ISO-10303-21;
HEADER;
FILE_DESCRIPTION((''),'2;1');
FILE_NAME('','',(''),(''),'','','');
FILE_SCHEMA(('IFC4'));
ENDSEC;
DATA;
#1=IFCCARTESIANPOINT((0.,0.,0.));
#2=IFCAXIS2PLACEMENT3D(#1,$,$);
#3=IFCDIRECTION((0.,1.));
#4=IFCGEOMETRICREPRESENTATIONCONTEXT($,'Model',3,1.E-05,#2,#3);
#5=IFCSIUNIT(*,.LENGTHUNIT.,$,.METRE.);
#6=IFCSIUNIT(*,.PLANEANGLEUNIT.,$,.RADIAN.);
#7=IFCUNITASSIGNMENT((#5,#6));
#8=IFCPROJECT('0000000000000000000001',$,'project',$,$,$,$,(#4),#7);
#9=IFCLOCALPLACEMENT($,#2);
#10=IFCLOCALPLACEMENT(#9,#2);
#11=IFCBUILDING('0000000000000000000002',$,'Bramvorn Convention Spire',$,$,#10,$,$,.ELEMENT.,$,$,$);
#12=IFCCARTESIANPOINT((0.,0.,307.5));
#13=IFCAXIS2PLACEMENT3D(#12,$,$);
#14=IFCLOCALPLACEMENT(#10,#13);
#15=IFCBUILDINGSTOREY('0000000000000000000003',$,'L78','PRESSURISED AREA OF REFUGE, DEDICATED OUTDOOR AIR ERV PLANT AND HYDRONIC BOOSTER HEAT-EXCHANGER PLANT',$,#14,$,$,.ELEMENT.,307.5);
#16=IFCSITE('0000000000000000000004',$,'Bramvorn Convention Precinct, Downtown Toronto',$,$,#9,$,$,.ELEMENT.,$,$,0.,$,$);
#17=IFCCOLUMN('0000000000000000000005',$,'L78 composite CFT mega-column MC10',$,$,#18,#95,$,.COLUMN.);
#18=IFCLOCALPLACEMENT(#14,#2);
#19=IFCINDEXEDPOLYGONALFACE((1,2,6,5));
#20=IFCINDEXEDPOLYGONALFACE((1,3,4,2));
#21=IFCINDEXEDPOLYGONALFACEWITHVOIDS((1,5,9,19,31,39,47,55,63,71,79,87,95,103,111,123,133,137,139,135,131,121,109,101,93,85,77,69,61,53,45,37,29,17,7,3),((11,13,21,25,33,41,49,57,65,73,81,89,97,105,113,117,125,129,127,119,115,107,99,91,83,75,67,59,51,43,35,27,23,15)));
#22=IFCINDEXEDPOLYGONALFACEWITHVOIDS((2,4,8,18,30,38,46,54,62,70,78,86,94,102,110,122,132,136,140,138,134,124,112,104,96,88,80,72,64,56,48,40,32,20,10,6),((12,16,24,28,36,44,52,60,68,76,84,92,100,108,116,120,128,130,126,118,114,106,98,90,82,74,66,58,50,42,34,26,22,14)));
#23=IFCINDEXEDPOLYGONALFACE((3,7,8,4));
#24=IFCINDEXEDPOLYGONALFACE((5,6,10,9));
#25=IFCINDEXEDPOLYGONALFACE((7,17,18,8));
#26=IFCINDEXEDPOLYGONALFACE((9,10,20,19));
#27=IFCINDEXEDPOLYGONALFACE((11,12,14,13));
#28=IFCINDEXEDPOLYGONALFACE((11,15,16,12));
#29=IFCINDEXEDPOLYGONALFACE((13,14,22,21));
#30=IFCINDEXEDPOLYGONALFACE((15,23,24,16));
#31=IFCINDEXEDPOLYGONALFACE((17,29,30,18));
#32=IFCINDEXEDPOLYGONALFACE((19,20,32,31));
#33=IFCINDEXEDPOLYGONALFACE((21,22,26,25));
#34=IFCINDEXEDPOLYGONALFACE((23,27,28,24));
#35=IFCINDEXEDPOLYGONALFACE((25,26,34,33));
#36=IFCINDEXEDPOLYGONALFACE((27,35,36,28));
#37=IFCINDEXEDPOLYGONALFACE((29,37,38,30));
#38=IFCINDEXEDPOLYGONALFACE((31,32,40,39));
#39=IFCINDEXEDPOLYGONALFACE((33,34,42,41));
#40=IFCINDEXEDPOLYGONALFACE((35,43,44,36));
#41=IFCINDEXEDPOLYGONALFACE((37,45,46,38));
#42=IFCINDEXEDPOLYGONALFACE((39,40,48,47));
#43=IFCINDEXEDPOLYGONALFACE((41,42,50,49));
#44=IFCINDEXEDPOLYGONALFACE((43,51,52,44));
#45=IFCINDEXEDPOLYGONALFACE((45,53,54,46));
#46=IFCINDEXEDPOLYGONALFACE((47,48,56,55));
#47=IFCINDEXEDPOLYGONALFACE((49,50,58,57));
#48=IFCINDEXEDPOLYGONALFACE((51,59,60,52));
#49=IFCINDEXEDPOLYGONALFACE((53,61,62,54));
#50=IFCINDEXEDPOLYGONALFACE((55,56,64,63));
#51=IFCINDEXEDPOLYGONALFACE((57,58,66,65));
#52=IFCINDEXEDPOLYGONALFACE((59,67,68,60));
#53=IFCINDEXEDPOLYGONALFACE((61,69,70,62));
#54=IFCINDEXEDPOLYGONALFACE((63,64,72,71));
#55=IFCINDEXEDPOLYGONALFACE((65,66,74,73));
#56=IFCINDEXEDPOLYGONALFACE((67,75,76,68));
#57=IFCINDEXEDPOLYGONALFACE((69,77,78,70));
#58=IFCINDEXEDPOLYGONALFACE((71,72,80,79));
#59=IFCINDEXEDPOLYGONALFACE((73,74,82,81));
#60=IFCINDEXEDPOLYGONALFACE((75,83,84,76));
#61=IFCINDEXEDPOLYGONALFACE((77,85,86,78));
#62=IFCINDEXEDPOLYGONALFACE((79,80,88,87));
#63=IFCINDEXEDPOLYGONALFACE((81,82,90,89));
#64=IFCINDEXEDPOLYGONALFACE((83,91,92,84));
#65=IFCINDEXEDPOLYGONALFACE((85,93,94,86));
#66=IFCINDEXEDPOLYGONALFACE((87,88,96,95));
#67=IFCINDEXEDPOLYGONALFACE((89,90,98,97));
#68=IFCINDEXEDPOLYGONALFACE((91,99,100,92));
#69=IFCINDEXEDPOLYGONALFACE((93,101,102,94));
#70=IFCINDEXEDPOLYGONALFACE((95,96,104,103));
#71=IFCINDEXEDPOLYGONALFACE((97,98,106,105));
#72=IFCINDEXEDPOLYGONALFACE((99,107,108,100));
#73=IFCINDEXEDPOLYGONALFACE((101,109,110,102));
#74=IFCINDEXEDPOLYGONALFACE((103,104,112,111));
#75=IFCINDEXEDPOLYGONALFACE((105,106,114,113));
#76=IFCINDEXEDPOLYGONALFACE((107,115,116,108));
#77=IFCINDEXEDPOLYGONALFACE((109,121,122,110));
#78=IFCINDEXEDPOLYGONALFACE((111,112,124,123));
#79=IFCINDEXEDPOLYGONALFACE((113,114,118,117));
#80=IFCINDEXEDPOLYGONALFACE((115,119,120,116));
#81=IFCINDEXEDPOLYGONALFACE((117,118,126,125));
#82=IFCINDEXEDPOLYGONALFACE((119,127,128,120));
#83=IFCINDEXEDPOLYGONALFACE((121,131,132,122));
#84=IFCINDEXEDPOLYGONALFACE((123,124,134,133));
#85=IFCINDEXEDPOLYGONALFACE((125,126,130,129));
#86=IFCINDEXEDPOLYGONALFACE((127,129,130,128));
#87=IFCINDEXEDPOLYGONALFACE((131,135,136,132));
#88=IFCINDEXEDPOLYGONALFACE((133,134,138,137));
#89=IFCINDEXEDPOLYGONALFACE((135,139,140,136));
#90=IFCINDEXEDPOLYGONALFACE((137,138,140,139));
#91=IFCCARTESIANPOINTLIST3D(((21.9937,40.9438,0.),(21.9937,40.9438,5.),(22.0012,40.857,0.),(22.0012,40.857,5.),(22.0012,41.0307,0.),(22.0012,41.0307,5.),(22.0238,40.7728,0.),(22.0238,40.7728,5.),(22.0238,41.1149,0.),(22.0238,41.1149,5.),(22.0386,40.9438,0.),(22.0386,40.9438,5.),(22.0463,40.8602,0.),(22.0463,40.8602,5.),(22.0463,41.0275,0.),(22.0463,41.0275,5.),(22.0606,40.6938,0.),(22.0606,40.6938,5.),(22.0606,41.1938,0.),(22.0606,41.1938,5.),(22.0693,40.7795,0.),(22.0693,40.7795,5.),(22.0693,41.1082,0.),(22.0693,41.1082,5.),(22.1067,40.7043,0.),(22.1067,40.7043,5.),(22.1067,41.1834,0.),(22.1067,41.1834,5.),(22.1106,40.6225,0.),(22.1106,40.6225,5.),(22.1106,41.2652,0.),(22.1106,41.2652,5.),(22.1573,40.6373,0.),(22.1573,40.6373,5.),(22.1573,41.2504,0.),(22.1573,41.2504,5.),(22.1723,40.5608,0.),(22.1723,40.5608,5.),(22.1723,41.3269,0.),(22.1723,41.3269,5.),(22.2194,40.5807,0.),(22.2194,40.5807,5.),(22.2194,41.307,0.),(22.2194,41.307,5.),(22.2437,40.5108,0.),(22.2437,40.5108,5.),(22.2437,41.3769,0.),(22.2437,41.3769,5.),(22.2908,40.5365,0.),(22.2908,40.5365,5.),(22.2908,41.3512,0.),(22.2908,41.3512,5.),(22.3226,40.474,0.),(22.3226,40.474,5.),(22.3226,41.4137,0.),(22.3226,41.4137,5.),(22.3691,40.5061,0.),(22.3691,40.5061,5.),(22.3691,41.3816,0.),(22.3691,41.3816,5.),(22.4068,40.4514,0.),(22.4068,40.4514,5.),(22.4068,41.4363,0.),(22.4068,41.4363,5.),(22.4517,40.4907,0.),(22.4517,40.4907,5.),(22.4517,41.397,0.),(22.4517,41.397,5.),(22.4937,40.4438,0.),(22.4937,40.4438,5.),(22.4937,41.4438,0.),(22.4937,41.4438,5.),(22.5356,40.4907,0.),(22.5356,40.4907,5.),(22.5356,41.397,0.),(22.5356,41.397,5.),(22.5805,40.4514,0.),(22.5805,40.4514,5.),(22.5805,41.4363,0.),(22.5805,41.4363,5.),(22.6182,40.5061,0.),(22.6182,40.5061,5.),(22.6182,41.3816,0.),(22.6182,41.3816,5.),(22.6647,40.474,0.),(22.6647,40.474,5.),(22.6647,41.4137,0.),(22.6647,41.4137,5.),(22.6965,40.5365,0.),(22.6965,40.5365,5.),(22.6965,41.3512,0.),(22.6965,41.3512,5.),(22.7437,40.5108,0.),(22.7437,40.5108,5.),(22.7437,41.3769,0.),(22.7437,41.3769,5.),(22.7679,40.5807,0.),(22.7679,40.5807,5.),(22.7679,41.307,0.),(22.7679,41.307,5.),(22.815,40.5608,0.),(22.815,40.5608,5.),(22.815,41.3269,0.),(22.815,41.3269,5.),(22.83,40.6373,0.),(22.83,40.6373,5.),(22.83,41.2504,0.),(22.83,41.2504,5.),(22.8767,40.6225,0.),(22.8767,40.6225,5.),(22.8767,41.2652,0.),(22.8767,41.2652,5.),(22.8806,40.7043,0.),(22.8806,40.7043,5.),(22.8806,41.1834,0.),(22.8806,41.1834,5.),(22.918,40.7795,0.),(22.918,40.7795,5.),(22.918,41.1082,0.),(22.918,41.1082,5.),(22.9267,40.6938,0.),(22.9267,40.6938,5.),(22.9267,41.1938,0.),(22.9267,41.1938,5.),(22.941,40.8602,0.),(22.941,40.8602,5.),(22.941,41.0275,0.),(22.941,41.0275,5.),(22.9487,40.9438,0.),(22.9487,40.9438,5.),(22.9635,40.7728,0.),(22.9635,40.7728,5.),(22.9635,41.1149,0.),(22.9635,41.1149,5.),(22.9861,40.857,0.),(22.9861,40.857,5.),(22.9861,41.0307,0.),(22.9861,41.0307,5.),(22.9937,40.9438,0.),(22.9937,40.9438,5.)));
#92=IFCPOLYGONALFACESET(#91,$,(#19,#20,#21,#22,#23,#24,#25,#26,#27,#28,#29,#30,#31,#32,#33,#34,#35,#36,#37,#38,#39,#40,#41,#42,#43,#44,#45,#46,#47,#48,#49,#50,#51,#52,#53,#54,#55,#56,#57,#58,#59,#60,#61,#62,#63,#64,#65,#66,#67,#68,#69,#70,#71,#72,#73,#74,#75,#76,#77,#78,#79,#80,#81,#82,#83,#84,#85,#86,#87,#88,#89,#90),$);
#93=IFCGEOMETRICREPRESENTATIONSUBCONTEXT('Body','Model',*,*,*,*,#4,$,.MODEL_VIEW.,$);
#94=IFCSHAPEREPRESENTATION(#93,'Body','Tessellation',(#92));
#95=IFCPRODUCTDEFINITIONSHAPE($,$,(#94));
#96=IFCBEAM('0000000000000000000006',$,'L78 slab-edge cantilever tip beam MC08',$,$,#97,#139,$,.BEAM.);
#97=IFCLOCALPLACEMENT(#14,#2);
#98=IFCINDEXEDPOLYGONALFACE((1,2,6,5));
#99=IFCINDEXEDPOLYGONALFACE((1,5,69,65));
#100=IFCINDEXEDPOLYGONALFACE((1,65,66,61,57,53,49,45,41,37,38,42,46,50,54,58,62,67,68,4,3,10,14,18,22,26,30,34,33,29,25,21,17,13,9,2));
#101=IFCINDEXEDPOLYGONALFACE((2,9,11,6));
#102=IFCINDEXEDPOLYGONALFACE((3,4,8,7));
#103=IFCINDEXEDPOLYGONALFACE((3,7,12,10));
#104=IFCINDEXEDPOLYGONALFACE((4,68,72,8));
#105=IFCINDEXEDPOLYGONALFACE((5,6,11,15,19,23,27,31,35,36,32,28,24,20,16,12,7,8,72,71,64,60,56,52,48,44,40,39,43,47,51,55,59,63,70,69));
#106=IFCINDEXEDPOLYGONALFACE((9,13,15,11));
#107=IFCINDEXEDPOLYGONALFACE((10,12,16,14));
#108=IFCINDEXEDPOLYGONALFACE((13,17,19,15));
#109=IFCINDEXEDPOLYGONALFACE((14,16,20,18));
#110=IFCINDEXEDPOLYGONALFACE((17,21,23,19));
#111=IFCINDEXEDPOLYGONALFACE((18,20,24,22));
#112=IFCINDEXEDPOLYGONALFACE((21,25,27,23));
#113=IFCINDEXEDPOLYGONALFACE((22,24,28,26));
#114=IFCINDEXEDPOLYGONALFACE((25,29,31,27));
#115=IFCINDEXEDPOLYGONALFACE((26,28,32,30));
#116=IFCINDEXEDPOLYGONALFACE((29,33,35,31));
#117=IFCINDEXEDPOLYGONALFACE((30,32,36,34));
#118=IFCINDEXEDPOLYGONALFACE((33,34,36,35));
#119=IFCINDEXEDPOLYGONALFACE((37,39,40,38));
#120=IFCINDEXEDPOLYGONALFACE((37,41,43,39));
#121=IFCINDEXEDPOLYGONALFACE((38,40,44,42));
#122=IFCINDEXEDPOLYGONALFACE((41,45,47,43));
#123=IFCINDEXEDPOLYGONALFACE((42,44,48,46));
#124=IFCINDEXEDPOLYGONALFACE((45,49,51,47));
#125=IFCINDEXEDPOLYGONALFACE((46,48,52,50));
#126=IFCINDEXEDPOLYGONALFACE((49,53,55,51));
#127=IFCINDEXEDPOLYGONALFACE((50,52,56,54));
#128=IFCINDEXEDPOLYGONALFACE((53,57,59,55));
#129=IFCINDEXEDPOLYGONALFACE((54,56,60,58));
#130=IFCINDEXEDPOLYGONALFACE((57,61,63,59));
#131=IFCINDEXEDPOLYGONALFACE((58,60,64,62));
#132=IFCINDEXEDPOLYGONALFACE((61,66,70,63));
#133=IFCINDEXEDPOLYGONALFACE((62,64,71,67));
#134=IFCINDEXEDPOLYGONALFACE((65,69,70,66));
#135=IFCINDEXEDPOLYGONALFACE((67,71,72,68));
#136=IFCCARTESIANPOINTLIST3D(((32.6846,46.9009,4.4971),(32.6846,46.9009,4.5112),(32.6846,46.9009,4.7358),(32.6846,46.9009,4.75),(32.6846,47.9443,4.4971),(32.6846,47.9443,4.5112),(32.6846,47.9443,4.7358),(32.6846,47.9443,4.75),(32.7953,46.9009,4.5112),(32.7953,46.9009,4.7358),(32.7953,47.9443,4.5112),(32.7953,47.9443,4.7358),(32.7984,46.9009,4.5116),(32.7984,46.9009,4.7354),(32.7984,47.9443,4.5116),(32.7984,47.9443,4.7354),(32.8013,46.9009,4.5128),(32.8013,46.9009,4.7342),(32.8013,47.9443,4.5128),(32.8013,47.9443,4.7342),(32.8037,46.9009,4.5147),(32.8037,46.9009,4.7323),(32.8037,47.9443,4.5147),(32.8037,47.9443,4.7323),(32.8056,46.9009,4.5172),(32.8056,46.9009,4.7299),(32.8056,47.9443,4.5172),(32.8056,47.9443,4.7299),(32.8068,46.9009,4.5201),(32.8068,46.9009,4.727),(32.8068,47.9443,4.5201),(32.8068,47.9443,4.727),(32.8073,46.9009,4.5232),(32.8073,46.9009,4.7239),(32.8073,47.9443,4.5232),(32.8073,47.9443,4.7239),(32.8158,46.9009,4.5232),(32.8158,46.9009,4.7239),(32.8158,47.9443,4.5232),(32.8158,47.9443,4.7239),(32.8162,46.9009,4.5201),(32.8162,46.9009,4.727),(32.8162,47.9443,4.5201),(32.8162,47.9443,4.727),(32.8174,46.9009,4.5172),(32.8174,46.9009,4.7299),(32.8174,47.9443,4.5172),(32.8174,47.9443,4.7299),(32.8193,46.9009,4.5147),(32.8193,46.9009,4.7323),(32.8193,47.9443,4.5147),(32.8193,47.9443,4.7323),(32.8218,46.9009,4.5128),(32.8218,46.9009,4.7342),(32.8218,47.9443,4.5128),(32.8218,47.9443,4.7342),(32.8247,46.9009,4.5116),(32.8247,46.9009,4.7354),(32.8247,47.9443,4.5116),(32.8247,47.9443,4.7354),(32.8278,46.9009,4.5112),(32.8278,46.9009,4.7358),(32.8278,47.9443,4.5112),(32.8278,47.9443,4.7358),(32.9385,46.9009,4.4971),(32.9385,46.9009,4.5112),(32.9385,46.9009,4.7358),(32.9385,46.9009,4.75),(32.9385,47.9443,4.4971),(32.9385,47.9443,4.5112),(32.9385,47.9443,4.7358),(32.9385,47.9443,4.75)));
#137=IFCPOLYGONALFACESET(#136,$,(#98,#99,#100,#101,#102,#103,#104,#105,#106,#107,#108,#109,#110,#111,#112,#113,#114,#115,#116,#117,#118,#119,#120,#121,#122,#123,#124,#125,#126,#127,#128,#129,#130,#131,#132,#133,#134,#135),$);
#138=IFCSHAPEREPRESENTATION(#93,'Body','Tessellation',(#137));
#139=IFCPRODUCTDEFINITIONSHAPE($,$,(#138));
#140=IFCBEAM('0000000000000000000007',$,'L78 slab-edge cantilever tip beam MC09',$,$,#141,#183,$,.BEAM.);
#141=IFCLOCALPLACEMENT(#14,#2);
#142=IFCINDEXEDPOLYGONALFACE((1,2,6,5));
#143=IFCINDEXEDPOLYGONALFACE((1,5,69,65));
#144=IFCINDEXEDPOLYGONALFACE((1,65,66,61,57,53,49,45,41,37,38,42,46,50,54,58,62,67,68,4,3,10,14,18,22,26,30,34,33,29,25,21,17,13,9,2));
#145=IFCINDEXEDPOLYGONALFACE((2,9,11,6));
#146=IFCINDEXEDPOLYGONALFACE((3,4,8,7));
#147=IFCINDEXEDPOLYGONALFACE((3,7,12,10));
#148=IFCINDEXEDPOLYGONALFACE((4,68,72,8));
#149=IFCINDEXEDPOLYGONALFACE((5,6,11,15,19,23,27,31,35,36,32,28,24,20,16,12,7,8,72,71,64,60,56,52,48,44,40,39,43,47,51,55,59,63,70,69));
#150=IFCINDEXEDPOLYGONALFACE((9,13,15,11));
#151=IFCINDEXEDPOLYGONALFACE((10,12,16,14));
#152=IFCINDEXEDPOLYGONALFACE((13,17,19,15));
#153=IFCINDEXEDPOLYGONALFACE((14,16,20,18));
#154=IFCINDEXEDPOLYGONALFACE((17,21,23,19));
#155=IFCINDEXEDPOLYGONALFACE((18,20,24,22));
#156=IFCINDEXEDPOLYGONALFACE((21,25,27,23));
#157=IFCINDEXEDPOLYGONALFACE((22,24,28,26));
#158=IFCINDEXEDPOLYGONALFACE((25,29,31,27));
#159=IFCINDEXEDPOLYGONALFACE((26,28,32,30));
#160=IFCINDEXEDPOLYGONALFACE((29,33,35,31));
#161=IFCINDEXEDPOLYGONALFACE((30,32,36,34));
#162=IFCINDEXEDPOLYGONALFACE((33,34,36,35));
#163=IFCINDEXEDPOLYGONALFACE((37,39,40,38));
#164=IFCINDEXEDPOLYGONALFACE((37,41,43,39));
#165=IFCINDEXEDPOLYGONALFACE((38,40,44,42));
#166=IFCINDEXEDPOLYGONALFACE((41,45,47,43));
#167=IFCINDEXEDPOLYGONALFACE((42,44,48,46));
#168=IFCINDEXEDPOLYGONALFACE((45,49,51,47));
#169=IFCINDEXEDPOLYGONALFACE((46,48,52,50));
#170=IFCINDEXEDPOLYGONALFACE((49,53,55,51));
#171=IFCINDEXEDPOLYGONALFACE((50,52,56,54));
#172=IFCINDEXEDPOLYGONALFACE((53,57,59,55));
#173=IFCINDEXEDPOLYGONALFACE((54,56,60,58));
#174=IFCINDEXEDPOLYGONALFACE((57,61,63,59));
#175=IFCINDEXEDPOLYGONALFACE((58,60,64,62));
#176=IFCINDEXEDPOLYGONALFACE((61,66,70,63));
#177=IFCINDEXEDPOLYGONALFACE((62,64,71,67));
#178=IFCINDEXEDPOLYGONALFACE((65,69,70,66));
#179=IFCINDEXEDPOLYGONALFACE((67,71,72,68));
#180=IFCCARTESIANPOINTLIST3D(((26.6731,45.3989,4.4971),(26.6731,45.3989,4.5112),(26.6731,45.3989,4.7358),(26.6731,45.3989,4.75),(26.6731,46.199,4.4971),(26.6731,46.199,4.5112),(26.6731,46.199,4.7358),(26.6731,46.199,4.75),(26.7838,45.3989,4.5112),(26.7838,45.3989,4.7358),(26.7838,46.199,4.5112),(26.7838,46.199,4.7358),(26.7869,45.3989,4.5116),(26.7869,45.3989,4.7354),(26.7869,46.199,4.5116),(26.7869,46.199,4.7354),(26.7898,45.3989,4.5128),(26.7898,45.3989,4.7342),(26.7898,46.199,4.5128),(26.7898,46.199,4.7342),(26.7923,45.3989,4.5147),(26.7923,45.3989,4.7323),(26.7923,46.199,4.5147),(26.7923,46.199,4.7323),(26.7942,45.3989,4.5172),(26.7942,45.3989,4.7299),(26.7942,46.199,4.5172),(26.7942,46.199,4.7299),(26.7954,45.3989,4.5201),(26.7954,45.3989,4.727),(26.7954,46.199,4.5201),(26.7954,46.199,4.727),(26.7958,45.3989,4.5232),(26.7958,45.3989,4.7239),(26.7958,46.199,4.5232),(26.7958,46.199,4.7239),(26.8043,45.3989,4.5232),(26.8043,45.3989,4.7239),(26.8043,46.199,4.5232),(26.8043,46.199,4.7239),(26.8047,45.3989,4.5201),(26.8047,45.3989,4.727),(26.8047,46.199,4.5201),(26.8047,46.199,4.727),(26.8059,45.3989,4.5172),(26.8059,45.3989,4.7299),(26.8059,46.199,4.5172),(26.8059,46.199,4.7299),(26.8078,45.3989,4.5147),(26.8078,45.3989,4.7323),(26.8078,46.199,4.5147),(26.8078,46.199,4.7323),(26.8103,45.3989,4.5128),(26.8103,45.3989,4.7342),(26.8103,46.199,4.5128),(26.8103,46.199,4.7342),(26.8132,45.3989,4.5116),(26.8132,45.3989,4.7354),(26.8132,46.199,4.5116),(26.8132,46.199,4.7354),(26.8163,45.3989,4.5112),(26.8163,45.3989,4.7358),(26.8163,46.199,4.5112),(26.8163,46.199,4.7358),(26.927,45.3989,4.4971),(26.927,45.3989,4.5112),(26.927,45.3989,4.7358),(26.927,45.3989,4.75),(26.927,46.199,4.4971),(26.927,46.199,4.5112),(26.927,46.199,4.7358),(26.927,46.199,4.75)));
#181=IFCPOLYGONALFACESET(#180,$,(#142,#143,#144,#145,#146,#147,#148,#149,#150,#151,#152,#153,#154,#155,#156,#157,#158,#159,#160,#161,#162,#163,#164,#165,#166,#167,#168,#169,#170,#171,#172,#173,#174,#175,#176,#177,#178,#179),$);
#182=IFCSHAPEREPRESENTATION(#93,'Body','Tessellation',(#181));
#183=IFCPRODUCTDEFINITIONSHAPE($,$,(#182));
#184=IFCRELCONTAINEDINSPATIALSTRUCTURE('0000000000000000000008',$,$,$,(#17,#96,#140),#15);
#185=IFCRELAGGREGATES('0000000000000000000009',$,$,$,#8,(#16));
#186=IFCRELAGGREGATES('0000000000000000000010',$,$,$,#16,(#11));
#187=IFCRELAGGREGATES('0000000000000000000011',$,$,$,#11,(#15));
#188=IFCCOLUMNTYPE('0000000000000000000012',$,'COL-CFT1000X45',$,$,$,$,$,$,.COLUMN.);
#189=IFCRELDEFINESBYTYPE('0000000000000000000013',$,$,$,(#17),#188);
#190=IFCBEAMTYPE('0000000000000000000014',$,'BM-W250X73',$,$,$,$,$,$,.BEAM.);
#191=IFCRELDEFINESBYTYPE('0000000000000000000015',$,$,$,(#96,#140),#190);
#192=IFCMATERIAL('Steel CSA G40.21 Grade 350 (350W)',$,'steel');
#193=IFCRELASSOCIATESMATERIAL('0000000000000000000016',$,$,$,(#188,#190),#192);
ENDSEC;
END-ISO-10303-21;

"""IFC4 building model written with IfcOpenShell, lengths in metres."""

from ifc_helpers import new_model, si_unit, direction, frame, origin, origin_2d, place, context, subcontext, project, spatial, hollow_circle, i_section, extrude, material, material_profile, profile_set, type_object, element, save


model = new_model("IFC4")

# Units and contexts
model_context = context("Model", 3, precision=1e-05, world=origin(), true_north=direction((0.0, 1.0)))
body_context = subcontext(model_context, "Body", "Model", "MODEL_VIEW")
ifc_project = project(units=[si_unit("LENGTHUNIT", "METRE"), si_unit("PLANEANGLEUNIT", "RADIAN")], contexts=[model_context])

# Site, building, storey
site_placement = place(None, origin())
site = spatial("IfcSite", under=ifc_project, at=site_placement, Name="Bramvorn Convention Precinct, Downtown Toronto", CompositionType="ELEMENT", RefElevation=0.0)
building_placement = place(site_placement, origin())
building = spatial("IfcBuilding", under=site, at=building_placement, Name="Bramvorn Convention Spire", CompositionType="ELEMENT")
storey_placement = place(building_placement, frame((0.0, 0.0, 307.5)))
storey = spatial("IfcBuildingStorey", under=building, at=storey_placement, Name="L78", Description="PRESSURISED AREA OF REFUGE, DEDICATED OUTDOOR AIR ERV PLANT AND HYDRONIC BOOSTER HEAT-EXCHANGER PLANT", CompositionType="ELEMENT", Elevation=307.5)

# Column
ifc_material_1 = material(Name="Steel CSA G40.21 Grade 350 (350W)", Category="steel")
ifc_material_profile_1 = material_profile(ifc_material_1, hollow_circle(Radius=0.5, WallThickness=0.0449, at=origin_2d()))
ifc_profile_set_1 = profile_set([ifc_material_profile_1], Name="Steel CSA G40.21 Grade 350 (350W) - CFT1000X45")
column_type = type_object("IfcColumnType", Name="COL-CFT1000X45", PredefinedType="COLUMN", material=ifc_profile_set_1)
for number, where, z_axis, x_axis, name in (
    (1, (22.4937, 40.9438, 0.0), (0.0, 0.0, 1.0), (1.0, 0.0, 0.0), "L78 composite CFT mega-column MC10"),
):
    element("IfcColumn", number, at=place(storey_placement, frame(where, z_axis=z_axis, x_axis=x_axis)), inside=storey, type_object=column_type, Name=name, PredefinedType="COLUMN", context=body_context, shape_type="SweptSolid", body=[
        extrude(hollow_circle(Radius=0.5, WallThickness=0.0449, at=origin_2d()), origin(), (0.0, 0.0, 1.0), 5.0),
    ])

# Beams
ifc_material_profile_2 = material_profile(ifc_material_1, i_section(OverallWidth=0.2539, OverallDepth=0.2529, WebThickness=0.0085, FlangeThickness=0.0142, FilletRadius=0.012, at=origin_2d()))
ifc_profile_set_2 = profile_set([ifc_material_profile_2], Name="Steel CSA G40.21 Grade 350 (350W) - W250X73")
beam_type_1 = type_object("IfcBeamType", Name="BM-W250X73", PredefinedType="BEAM", material=ifc_profile_set_2)
beam_1_placement = place(storey_placement, frame((32.8115, 46.9009, 4.6235), z_axis=(0.0, 1.0, 0.0), x_axis=(-1.0, 0.0, 0.0)))
element("IfcBeam", 2, at=beam_1_placement, inside=storey, type_object=beam_type_1, Name="L78 slab-edge cantilever tip beam MC08", PredefinedType="BEAM", context=body_context, shape_type="SweptSolid", body=[
    extrude(i_section(OverallWidth=0.2539, OverallDepth=0.2529, WebThickness=0.0085, FlangeThickness=0.0142, FilletRadius=0.012, at=origin_2d()), origin(), (0.0, 0.0, 1.0), 1.0435),
])
for number, where, z_axis, x_axis, name in (
    (3, (26.8, 45.3989, 4.6235), (0.0, 1.0, 0.0), (-1.0, 0.0, 0.0), "L78 slab-edge cantilever tip beam MC09"),
):
    element("IfcBeam", number, at=place(storey_placement, frame(where, z_axis=z_axis, x_axis=x_axis)), inside=storey, type_object=beam_type_1, Name=name, PredefinedType="BEAM", context=body_context, shape_type="SweptSolid", body=[
        extrude(i_section(OverallWidth=0.2539, OverallDepth=0.2529, WebThickness=0.0085, FlangeThickness=0.0142, FilletRadius=0.012, at=origin_2d()), origin(), (0.0, 0.0, 1.0), 0.8),
    ])

save(model, "model.ifc")
